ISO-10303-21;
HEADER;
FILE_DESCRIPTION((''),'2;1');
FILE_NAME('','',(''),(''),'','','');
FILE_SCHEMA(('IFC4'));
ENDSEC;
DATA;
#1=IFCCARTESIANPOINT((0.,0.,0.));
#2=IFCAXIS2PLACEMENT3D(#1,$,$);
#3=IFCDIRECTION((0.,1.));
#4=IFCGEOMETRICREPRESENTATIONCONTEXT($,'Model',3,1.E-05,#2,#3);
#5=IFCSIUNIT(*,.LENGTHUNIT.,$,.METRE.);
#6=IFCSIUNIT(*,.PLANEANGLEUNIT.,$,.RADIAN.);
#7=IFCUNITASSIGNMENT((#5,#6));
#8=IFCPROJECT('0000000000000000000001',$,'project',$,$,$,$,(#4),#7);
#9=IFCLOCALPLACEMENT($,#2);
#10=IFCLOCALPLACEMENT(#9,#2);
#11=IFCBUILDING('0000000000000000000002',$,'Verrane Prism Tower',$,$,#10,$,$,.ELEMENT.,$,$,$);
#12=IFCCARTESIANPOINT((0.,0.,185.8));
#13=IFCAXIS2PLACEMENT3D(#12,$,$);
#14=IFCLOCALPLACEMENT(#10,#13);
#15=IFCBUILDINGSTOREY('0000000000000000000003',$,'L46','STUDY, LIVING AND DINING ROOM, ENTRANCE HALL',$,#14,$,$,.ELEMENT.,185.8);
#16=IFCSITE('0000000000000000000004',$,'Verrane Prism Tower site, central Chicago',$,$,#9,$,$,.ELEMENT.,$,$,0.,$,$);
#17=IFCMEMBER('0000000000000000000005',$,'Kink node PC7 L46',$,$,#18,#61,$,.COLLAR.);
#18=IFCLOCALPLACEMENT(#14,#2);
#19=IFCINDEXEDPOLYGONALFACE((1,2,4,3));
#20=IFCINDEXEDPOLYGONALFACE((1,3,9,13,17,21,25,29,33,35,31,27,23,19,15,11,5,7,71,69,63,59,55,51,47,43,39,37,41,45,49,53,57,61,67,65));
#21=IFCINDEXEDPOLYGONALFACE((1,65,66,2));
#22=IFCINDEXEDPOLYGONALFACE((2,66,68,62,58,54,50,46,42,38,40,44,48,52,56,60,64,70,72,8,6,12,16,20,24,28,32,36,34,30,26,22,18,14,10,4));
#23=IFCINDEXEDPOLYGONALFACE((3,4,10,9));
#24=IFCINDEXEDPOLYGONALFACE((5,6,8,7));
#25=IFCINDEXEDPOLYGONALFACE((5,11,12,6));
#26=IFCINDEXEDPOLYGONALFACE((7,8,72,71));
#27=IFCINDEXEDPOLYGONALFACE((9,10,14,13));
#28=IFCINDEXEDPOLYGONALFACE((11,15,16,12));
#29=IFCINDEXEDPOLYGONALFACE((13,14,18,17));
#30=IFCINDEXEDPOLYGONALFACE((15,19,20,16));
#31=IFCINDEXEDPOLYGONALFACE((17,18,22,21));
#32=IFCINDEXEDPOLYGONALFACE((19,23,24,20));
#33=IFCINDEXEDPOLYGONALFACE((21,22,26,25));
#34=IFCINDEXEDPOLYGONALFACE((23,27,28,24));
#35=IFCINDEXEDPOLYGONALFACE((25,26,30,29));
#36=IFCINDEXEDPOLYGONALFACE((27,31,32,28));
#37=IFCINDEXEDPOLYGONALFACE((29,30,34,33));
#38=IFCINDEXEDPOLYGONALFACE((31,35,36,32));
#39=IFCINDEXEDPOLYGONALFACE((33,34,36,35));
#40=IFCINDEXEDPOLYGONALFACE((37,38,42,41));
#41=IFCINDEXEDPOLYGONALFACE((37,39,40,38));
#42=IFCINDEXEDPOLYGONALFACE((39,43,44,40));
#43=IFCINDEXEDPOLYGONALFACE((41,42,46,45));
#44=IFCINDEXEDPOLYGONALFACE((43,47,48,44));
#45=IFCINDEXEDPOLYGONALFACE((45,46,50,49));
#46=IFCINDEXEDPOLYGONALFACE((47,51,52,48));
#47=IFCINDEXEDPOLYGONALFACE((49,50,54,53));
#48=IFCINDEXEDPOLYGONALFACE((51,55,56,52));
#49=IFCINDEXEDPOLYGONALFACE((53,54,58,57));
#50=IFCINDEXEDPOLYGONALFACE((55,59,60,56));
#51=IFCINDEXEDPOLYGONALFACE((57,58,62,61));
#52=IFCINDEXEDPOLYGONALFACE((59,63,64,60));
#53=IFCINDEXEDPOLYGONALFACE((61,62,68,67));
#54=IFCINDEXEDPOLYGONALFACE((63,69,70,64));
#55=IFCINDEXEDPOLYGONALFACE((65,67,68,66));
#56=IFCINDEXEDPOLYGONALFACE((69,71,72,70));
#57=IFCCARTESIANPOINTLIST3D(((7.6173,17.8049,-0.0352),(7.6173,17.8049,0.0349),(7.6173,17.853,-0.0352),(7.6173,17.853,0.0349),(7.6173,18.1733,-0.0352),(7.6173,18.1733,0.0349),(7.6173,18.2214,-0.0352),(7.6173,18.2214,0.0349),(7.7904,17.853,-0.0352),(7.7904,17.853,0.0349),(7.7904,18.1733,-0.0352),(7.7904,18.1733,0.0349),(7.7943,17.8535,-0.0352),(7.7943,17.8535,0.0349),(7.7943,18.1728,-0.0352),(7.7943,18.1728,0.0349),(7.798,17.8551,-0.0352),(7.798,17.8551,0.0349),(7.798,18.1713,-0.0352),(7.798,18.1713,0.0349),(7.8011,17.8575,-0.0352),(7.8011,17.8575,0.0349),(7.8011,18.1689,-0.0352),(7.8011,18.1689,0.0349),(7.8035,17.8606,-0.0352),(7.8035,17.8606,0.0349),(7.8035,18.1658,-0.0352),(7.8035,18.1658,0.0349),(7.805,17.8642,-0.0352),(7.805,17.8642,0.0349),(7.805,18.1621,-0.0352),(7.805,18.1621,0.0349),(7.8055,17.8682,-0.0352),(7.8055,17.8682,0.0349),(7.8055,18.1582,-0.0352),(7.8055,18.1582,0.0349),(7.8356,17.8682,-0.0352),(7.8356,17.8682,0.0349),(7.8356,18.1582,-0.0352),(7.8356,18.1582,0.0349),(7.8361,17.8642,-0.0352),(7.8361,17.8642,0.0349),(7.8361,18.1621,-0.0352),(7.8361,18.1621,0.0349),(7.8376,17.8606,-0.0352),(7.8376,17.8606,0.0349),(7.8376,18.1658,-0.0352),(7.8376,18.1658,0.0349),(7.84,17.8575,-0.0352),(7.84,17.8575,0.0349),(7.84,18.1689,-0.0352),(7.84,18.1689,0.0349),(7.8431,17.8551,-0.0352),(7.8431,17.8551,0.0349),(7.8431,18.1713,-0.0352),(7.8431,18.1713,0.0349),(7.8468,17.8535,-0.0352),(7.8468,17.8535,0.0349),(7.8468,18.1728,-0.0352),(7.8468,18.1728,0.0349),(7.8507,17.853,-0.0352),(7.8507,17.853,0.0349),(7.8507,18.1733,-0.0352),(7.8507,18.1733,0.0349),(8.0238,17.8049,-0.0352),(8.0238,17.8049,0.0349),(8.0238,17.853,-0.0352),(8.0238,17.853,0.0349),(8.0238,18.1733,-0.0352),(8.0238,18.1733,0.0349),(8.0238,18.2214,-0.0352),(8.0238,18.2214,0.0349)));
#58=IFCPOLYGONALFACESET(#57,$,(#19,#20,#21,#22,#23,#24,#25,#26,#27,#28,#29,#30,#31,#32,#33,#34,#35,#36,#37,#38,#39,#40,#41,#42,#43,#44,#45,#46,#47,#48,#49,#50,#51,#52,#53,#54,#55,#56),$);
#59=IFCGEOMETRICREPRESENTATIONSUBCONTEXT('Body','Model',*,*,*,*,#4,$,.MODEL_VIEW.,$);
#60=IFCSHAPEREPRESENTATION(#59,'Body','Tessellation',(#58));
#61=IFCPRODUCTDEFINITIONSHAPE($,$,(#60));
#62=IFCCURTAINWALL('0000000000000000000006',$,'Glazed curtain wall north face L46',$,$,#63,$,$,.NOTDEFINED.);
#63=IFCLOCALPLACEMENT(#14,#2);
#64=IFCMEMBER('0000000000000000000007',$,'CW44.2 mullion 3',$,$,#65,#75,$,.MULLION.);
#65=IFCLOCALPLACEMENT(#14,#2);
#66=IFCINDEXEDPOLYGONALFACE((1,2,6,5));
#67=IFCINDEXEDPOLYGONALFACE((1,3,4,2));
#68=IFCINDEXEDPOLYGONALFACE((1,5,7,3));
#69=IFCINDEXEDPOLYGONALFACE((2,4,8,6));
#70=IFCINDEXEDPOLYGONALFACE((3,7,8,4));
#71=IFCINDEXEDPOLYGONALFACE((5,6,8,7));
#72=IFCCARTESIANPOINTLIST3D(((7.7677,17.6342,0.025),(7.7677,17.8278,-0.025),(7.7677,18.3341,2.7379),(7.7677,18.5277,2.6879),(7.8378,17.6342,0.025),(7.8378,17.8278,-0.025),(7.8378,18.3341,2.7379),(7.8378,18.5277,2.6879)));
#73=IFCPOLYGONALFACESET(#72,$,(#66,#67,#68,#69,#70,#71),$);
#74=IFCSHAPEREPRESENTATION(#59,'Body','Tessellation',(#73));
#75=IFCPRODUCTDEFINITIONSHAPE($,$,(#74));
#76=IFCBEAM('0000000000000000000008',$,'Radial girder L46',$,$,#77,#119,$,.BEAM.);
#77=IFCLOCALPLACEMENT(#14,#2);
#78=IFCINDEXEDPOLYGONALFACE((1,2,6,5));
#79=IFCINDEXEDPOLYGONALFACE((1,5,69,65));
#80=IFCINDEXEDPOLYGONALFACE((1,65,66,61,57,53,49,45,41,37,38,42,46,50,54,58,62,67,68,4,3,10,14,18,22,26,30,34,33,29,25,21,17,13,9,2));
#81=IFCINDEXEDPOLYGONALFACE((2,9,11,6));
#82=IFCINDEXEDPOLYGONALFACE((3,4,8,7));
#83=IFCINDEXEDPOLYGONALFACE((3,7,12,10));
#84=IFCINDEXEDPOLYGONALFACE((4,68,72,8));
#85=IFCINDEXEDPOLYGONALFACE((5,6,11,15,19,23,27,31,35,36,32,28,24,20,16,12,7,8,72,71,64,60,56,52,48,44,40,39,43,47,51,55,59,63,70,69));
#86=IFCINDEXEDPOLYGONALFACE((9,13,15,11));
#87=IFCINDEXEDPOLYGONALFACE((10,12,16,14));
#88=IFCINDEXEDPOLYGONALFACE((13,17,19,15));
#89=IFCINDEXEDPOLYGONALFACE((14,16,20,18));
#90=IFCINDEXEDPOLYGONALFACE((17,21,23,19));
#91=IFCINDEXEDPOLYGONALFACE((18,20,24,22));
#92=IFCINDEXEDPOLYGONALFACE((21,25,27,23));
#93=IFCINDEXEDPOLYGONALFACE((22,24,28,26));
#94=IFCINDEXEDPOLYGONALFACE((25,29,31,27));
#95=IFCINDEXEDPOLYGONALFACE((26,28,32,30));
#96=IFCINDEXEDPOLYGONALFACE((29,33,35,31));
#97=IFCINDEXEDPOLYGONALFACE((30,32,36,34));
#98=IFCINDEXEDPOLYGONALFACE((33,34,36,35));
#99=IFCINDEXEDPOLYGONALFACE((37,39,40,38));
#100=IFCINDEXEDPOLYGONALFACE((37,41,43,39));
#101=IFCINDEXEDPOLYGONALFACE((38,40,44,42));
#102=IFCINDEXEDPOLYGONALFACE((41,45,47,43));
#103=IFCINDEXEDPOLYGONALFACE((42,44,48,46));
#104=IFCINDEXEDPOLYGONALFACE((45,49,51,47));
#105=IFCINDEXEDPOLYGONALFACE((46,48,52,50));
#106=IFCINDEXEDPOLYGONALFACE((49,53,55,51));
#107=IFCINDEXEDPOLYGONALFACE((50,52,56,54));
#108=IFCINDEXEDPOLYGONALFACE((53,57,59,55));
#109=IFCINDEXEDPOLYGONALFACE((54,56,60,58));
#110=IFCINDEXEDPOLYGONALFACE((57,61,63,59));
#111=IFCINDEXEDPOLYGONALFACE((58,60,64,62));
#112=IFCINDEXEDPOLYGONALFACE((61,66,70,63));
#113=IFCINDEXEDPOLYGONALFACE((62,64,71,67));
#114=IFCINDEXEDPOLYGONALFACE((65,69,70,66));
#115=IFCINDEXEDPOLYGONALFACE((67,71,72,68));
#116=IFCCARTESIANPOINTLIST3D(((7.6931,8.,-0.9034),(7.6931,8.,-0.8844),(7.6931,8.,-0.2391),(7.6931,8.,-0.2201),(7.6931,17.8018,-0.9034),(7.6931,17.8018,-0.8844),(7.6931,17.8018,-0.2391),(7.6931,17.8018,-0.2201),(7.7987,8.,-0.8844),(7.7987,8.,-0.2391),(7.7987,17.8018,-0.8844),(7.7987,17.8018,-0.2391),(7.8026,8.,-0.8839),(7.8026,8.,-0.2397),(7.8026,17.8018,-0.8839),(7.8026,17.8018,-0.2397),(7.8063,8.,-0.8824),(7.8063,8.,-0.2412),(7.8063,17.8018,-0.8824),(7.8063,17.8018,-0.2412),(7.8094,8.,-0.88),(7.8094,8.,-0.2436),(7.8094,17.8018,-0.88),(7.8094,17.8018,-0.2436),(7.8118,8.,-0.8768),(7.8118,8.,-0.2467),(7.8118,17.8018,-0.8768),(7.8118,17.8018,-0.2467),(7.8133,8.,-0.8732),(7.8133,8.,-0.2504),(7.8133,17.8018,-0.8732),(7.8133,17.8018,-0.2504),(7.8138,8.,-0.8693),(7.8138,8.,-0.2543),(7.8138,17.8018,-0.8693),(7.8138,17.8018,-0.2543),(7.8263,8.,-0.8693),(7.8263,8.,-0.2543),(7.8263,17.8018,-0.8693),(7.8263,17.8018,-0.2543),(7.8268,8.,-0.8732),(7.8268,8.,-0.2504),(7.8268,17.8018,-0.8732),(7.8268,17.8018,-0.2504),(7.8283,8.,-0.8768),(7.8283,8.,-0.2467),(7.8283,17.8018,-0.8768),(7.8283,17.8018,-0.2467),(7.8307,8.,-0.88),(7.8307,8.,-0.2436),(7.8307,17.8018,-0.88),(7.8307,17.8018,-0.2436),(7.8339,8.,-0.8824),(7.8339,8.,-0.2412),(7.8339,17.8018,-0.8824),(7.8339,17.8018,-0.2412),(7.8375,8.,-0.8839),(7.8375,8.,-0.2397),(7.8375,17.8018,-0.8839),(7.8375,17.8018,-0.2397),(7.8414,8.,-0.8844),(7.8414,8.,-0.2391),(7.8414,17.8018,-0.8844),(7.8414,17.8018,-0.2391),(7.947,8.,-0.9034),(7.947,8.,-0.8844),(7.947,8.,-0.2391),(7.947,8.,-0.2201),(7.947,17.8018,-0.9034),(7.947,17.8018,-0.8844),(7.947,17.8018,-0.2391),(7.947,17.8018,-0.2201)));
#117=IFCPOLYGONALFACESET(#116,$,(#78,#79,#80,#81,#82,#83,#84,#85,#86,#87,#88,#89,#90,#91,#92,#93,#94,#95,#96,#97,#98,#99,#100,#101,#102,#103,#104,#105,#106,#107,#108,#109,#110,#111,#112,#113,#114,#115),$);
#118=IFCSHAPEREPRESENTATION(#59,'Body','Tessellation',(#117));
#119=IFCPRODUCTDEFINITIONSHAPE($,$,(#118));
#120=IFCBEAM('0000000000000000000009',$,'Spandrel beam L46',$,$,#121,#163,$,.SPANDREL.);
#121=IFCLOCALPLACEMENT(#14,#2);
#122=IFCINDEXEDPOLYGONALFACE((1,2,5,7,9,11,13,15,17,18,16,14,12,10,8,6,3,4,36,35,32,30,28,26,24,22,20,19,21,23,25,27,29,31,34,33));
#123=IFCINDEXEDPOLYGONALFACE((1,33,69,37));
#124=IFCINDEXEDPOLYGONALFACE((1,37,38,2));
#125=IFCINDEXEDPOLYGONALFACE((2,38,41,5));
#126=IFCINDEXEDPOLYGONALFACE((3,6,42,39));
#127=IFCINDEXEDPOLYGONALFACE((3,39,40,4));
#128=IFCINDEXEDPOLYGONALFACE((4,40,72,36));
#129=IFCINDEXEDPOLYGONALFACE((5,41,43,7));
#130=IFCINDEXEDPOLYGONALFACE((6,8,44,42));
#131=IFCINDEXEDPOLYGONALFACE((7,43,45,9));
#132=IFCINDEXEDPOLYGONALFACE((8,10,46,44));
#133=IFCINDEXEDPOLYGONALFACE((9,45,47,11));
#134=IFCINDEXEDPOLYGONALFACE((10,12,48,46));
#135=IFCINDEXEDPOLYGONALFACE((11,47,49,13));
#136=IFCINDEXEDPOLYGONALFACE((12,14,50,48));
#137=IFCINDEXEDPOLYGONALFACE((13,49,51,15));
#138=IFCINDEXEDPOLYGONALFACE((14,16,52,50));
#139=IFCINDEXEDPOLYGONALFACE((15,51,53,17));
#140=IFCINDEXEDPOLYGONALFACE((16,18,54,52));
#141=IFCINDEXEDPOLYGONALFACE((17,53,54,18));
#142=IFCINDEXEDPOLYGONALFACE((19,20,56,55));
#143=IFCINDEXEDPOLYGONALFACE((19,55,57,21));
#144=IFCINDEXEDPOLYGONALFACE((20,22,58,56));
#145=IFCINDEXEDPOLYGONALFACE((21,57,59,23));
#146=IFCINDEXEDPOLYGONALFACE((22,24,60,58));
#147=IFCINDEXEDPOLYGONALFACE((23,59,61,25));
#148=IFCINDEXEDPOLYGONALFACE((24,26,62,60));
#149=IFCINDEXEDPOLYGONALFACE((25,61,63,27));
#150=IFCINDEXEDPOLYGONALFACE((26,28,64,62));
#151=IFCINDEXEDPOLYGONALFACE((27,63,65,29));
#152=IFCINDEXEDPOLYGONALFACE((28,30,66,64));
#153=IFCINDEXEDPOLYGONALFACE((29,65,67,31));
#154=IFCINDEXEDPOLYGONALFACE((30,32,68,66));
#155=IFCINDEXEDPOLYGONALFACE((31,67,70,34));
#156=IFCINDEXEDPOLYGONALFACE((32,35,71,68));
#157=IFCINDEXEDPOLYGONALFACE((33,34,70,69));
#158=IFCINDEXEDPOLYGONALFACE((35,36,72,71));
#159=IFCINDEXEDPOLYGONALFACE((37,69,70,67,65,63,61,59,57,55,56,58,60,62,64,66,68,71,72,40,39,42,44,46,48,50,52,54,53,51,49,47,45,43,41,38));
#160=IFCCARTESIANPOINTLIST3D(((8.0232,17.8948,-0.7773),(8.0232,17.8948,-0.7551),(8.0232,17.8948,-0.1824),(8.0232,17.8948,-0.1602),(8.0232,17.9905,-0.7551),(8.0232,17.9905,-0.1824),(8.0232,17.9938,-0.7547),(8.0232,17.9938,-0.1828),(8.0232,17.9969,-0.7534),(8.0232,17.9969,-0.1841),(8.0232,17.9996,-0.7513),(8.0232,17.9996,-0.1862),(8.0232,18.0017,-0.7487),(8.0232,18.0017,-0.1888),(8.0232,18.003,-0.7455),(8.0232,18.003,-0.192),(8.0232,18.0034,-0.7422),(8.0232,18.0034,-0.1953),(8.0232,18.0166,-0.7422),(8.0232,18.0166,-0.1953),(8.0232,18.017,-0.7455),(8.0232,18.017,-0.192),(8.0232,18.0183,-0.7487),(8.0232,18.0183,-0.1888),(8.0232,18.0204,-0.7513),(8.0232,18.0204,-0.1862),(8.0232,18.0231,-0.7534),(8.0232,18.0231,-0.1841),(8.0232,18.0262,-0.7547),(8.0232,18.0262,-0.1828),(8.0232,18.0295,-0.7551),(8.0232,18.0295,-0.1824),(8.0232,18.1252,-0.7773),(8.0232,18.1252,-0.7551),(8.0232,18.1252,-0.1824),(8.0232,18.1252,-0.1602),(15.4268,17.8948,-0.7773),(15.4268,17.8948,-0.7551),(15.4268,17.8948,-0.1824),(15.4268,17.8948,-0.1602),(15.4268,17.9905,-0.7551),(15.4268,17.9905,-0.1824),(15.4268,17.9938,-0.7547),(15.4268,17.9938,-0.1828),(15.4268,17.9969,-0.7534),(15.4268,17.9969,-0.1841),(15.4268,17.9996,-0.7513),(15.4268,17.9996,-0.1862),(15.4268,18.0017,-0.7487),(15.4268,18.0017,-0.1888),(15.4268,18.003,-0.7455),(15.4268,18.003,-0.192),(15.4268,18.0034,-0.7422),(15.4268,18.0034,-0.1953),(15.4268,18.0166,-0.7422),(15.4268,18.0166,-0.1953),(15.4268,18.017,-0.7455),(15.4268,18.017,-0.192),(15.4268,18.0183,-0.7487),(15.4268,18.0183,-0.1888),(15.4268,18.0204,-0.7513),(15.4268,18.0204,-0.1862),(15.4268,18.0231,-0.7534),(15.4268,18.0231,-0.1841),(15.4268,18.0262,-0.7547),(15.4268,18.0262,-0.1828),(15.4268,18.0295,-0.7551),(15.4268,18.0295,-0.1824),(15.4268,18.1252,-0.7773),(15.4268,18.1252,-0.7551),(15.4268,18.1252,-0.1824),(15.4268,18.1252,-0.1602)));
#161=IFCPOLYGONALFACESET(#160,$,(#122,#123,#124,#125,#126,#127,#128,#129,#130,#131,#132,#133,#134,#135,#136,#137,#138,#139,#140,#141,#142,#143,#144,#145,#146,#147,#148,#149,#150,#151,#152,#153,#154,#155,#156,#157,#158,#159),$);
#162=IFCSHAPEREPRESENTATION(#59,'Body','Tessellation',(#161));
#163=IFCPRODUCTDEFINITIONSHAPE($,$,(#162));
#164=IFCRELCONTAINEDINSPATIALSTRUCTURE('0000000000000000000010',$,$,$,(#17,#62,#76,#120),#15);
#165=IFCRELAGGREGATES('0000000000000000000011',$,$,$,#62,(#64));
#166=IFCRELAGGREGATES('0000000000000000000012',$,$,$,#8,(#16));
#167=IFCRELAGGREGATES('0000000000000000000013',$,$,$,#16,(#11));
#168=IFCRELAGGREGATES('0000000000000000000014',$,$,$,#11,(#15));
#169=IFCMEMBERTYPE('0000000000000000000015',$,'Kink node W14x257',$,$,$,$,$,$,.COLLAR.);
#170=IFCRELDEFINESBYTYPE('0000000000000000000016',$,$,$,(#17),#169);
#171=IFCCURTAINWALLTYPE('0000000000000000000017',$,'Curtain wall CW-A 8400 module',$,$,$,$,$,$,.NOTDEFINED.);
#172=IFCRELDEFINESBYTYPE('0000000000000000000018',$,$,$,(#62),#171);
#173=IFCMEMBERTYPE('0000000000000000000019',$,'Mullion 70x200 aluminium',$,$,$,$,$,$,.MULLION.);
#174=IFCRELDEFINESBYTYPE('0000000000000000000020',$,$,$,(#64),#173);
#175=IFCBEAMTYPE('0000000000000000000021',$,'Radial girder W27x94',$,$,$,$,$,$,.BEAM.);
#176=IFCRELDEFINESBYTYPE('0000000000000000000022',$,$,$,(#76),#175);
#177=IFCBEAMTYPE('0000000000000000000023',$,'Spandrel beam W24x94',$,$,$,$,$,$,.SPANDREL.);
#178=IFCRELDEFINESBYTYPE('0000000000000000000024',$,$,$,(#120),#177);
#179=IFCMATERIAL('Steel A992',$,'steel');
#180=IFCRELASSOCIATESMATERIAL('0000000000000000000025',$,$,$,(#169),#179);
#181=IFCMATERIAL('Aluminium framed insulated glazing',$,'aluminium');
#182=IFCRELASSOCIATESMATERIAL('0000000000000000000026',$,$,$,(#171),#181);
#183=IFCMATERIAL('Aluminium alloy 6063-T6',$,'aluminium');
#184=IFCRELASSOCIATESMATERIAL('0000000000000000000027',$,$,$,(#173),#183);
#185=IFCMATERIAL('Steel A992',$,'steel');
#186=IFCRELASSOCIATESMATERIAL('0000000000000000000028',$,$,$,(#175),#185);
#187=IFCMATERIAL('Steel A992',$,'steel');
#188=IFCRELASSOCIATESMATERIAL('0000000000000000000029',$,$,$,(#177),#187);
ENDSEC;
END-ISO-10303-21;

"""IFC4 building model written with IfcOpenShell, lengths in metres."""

from ifc_helpers import new_model, si_unit, direction, frame, origin, origin_2d, place, context, subcontext, project, spatial, rectangle, i_section, extrude, material, material_profile, profile_set, type_object, element, aggregate, save


model = new_model("IFC4")

# Units and contexts
model_context = context("Model", 3, precision=1e-05, world=origin(), true_north=direction((0.0, 1.0)))
body_context = subcontext(model_context, "Body", "Model", "MODEL_VIEW")
ifc_project = project(units=[si_unit("LENGTHUNIT", "METRE"), si_unit("PLANEANGLEUNIT", "RADIAN")], contexts=[model_context])

# Site, building, storey
site_placement = place(None, origin())
site = spatial("IfcSite", under=ifc_project, at=site_placement, Name="Verrane Prism Tower site, central Chicago", CompositionType="ELEMENT", RefElevation=0.0)
building_placement = place(site_placement, origin())
building = spatial("IfcBuilding", under=site, at=building_placement, Name="Verrane Prism Tower", CompositionType="ELEMENT")
storey_placement = place(building_placement, frame((0.0, 0.0, 185.8)))
storey = spatial("IfcBuildingStorey", under=building, at=storey_placement, Name="L46", Description="STUDY, LIVING AND DINING ROOM, ENTRANCE HALL", CompositionType="ELEMENT", Elevation=185.8)

# Member
ifc_material_1 = material(Name="Steel A992", Category="steel")
ifc_material_profile_1 = material_profile(ifc_material_1, i_section(OverallWidth=0.4065, OverallDepth=0.4165, WebThickness=0.03, FlangeThickness=0.0481, FilletRadius=0.0151, at=origin_2d()), Name="W14x257")
ifc_profile_set_1 = profile_set([ifc_material_profile_1], Name="Steel A992")
member_type_1 = type_object("IfcMemberType", Name="Kink node W14x257", PredefinedType="COLLAR", material=ifc_profile_set_1)
member_1_placement = place(storey_placement, frame((7.8206, 18.0132, -0.0352), z_axis=(0.0, 0.0, 1.0), x_axis=(1.0, 0.0, 0.0)))
element("IfcMember", 1, at=member_1_placement, inside=storey, type_object=member_type_1, Name="Kink node PC7 L46", PredefinedType="COLLAR", context=body_context, shape_type="SweptSolid", body=[
    extrude(i_section(OverallWidth=0.4065, OverallDepth=0.4165, WebThickness=0.03, FlangeThickness=0.0481, FilletRadius=0.0151, at=origin_2d()), origin(), (0.0, 0.0, 1.0), 0.0701),
])

# Curtain wall, member
ifc_material_2 = material(Name="Aluminium framed insulated glazing", Category="aluminium")
curtain_wall_type = type_object("IfcCurtainWallType", Name="Curtain wall CW-A 8400 module", PredefinedType="NOTDEFINED", material=ifc_material_2)
curtain_wall_placement = place(storey_placement, origin())
curtain_wall = element("IfcCurtainWall", 2, at=curtain_wall_placement, inside=storey, type_object=curtain_wall_type, Name="Glazed curtain wall north face L46", PredefinedType="NOTDEFINED")
ifc_material_3 = material(Name="Aluminium alloy 6063-T6", Category="aluminium")
ifc_material_profile_2 = material_profile(ifc_material_3, rectangle(XDim=0.2, YDim=0.0701, at=origin_2d()), Name="Mullion 70x200 aluminium")
ifc_profile_set_2 = profile_set([ifc_material_profile_2], Name="Aluminium alloy 6063-T6")
member_type_2 = type_object("IfcMemberType", Name="Mullion 70x200 aluminium", PredefinedType="MULLION", material=ifc_profile_set_2)
member_2_placement = place(storey_placement, frame((7.8027, 17.731, 0.0), z_axis=(0.0, 0.249828, 0.96829), x_axis=(0.0, 0.96829, -0.249828)))
member_2 = element("IfcMember", 3, at=member_2_placement, type_object=member_type_2, Name="CW44.2 mullion 3", PredefinedType="MULLION", context=body_context, shape_type="SweptSolid", body=[
    extrude(rectangle(XDim=0.2, YDim=0.0701, at=origin_2d()), origin(), (0.0, 0.0, 1.0), 2.8018),
])

# Beams
ifc_material_4 = material(Name="Steel A992", Category="steel")
ifc_material_profile_3 = material_profile(ifc_material_4, i_section(OverallWidth=0.2539, OverallDepth=0.6833, WebThickness=0.0125, FlangeThickness=0.019, FilletRadius=0.0151, at=origin_2d()), Name="W27x94")
ifc_profile_set_3 = profile_set([ifc_material_profile_3], Name="Steel A992")
beam_type_1 = type_object("IfcBeamType", Name="Radial girder W27x94", PredefinedType="BEAM", material=ifc_profile_set_3)
beam_1_placement = place(storey_placement, frame((7.8201, 17.8018, -0.5618), z_axis=(0.0, -1.0, 0.0), x_axis=(1.0, 0.0, 0.0)))
element("IfcBeam", 4, at=beam_1_placement, inside=storey, type_object=beam_type_1, Name="Radial girder L46", PredefinedType="BEAM", context=body_context, shape_type="SweptSolid", body=[
    extrude(i_section(OverallWidth=0.2539, OverallDepth=0.6833, WebThickness=0.0125, FlangeThickness=0.019, FilletRadius=0.0151, at=origin_2d()), origin(), (0.0, 0.0, 1.0), 9.8018),
])
ifc_material_5 = material(Name="Steel A992", Category="steel")
ifc_material_profile_4 = material_profile(ifc_material_5, i_section(OverallWidth=0.2305, OverallDepth=0.6172, WebThickness=0.0132, FlangeThickness=0.0222, FilletRadius=0.0129, at=origin_2d()), Name="W24x94")
ifc_profile_set_4 = profile_set([ifc_material_profile_4], Name="Steel A992")
beam_type_2 = type_object("IfcBeamType", Name="Spandrel beam W24x94", PredefinedType="SPANDREL", material=ifc_profile_set_4)
beam_2_placement = place(storey_placement, frame((15.4268, 18.01, -0.4688), z_axis=(-1.0, 0.0, 0.0), x_axis=(0.0, -1.0, 0.0)))
element("IfcBeam", 5, at=beam_2_placement, inside=storey, type_object=beam_type_2, Name="Spandrel beam L46", PredefinedType="SPANDREL", context=body_context, shape_type="SweptSolid", body=[
    extrude(i_section(OverallWidth=0.2305, OverallDepth=0.6172, WebThickness=0.0132, FlangeThickness=0.0222, FilletRadius=0.0129, at=origin_2d()), origin(), (0.0, 0.0, 1.0), 7.4036),
])

aggregate(curtain_wall, [member_2])

save(model, "model.ifc")
